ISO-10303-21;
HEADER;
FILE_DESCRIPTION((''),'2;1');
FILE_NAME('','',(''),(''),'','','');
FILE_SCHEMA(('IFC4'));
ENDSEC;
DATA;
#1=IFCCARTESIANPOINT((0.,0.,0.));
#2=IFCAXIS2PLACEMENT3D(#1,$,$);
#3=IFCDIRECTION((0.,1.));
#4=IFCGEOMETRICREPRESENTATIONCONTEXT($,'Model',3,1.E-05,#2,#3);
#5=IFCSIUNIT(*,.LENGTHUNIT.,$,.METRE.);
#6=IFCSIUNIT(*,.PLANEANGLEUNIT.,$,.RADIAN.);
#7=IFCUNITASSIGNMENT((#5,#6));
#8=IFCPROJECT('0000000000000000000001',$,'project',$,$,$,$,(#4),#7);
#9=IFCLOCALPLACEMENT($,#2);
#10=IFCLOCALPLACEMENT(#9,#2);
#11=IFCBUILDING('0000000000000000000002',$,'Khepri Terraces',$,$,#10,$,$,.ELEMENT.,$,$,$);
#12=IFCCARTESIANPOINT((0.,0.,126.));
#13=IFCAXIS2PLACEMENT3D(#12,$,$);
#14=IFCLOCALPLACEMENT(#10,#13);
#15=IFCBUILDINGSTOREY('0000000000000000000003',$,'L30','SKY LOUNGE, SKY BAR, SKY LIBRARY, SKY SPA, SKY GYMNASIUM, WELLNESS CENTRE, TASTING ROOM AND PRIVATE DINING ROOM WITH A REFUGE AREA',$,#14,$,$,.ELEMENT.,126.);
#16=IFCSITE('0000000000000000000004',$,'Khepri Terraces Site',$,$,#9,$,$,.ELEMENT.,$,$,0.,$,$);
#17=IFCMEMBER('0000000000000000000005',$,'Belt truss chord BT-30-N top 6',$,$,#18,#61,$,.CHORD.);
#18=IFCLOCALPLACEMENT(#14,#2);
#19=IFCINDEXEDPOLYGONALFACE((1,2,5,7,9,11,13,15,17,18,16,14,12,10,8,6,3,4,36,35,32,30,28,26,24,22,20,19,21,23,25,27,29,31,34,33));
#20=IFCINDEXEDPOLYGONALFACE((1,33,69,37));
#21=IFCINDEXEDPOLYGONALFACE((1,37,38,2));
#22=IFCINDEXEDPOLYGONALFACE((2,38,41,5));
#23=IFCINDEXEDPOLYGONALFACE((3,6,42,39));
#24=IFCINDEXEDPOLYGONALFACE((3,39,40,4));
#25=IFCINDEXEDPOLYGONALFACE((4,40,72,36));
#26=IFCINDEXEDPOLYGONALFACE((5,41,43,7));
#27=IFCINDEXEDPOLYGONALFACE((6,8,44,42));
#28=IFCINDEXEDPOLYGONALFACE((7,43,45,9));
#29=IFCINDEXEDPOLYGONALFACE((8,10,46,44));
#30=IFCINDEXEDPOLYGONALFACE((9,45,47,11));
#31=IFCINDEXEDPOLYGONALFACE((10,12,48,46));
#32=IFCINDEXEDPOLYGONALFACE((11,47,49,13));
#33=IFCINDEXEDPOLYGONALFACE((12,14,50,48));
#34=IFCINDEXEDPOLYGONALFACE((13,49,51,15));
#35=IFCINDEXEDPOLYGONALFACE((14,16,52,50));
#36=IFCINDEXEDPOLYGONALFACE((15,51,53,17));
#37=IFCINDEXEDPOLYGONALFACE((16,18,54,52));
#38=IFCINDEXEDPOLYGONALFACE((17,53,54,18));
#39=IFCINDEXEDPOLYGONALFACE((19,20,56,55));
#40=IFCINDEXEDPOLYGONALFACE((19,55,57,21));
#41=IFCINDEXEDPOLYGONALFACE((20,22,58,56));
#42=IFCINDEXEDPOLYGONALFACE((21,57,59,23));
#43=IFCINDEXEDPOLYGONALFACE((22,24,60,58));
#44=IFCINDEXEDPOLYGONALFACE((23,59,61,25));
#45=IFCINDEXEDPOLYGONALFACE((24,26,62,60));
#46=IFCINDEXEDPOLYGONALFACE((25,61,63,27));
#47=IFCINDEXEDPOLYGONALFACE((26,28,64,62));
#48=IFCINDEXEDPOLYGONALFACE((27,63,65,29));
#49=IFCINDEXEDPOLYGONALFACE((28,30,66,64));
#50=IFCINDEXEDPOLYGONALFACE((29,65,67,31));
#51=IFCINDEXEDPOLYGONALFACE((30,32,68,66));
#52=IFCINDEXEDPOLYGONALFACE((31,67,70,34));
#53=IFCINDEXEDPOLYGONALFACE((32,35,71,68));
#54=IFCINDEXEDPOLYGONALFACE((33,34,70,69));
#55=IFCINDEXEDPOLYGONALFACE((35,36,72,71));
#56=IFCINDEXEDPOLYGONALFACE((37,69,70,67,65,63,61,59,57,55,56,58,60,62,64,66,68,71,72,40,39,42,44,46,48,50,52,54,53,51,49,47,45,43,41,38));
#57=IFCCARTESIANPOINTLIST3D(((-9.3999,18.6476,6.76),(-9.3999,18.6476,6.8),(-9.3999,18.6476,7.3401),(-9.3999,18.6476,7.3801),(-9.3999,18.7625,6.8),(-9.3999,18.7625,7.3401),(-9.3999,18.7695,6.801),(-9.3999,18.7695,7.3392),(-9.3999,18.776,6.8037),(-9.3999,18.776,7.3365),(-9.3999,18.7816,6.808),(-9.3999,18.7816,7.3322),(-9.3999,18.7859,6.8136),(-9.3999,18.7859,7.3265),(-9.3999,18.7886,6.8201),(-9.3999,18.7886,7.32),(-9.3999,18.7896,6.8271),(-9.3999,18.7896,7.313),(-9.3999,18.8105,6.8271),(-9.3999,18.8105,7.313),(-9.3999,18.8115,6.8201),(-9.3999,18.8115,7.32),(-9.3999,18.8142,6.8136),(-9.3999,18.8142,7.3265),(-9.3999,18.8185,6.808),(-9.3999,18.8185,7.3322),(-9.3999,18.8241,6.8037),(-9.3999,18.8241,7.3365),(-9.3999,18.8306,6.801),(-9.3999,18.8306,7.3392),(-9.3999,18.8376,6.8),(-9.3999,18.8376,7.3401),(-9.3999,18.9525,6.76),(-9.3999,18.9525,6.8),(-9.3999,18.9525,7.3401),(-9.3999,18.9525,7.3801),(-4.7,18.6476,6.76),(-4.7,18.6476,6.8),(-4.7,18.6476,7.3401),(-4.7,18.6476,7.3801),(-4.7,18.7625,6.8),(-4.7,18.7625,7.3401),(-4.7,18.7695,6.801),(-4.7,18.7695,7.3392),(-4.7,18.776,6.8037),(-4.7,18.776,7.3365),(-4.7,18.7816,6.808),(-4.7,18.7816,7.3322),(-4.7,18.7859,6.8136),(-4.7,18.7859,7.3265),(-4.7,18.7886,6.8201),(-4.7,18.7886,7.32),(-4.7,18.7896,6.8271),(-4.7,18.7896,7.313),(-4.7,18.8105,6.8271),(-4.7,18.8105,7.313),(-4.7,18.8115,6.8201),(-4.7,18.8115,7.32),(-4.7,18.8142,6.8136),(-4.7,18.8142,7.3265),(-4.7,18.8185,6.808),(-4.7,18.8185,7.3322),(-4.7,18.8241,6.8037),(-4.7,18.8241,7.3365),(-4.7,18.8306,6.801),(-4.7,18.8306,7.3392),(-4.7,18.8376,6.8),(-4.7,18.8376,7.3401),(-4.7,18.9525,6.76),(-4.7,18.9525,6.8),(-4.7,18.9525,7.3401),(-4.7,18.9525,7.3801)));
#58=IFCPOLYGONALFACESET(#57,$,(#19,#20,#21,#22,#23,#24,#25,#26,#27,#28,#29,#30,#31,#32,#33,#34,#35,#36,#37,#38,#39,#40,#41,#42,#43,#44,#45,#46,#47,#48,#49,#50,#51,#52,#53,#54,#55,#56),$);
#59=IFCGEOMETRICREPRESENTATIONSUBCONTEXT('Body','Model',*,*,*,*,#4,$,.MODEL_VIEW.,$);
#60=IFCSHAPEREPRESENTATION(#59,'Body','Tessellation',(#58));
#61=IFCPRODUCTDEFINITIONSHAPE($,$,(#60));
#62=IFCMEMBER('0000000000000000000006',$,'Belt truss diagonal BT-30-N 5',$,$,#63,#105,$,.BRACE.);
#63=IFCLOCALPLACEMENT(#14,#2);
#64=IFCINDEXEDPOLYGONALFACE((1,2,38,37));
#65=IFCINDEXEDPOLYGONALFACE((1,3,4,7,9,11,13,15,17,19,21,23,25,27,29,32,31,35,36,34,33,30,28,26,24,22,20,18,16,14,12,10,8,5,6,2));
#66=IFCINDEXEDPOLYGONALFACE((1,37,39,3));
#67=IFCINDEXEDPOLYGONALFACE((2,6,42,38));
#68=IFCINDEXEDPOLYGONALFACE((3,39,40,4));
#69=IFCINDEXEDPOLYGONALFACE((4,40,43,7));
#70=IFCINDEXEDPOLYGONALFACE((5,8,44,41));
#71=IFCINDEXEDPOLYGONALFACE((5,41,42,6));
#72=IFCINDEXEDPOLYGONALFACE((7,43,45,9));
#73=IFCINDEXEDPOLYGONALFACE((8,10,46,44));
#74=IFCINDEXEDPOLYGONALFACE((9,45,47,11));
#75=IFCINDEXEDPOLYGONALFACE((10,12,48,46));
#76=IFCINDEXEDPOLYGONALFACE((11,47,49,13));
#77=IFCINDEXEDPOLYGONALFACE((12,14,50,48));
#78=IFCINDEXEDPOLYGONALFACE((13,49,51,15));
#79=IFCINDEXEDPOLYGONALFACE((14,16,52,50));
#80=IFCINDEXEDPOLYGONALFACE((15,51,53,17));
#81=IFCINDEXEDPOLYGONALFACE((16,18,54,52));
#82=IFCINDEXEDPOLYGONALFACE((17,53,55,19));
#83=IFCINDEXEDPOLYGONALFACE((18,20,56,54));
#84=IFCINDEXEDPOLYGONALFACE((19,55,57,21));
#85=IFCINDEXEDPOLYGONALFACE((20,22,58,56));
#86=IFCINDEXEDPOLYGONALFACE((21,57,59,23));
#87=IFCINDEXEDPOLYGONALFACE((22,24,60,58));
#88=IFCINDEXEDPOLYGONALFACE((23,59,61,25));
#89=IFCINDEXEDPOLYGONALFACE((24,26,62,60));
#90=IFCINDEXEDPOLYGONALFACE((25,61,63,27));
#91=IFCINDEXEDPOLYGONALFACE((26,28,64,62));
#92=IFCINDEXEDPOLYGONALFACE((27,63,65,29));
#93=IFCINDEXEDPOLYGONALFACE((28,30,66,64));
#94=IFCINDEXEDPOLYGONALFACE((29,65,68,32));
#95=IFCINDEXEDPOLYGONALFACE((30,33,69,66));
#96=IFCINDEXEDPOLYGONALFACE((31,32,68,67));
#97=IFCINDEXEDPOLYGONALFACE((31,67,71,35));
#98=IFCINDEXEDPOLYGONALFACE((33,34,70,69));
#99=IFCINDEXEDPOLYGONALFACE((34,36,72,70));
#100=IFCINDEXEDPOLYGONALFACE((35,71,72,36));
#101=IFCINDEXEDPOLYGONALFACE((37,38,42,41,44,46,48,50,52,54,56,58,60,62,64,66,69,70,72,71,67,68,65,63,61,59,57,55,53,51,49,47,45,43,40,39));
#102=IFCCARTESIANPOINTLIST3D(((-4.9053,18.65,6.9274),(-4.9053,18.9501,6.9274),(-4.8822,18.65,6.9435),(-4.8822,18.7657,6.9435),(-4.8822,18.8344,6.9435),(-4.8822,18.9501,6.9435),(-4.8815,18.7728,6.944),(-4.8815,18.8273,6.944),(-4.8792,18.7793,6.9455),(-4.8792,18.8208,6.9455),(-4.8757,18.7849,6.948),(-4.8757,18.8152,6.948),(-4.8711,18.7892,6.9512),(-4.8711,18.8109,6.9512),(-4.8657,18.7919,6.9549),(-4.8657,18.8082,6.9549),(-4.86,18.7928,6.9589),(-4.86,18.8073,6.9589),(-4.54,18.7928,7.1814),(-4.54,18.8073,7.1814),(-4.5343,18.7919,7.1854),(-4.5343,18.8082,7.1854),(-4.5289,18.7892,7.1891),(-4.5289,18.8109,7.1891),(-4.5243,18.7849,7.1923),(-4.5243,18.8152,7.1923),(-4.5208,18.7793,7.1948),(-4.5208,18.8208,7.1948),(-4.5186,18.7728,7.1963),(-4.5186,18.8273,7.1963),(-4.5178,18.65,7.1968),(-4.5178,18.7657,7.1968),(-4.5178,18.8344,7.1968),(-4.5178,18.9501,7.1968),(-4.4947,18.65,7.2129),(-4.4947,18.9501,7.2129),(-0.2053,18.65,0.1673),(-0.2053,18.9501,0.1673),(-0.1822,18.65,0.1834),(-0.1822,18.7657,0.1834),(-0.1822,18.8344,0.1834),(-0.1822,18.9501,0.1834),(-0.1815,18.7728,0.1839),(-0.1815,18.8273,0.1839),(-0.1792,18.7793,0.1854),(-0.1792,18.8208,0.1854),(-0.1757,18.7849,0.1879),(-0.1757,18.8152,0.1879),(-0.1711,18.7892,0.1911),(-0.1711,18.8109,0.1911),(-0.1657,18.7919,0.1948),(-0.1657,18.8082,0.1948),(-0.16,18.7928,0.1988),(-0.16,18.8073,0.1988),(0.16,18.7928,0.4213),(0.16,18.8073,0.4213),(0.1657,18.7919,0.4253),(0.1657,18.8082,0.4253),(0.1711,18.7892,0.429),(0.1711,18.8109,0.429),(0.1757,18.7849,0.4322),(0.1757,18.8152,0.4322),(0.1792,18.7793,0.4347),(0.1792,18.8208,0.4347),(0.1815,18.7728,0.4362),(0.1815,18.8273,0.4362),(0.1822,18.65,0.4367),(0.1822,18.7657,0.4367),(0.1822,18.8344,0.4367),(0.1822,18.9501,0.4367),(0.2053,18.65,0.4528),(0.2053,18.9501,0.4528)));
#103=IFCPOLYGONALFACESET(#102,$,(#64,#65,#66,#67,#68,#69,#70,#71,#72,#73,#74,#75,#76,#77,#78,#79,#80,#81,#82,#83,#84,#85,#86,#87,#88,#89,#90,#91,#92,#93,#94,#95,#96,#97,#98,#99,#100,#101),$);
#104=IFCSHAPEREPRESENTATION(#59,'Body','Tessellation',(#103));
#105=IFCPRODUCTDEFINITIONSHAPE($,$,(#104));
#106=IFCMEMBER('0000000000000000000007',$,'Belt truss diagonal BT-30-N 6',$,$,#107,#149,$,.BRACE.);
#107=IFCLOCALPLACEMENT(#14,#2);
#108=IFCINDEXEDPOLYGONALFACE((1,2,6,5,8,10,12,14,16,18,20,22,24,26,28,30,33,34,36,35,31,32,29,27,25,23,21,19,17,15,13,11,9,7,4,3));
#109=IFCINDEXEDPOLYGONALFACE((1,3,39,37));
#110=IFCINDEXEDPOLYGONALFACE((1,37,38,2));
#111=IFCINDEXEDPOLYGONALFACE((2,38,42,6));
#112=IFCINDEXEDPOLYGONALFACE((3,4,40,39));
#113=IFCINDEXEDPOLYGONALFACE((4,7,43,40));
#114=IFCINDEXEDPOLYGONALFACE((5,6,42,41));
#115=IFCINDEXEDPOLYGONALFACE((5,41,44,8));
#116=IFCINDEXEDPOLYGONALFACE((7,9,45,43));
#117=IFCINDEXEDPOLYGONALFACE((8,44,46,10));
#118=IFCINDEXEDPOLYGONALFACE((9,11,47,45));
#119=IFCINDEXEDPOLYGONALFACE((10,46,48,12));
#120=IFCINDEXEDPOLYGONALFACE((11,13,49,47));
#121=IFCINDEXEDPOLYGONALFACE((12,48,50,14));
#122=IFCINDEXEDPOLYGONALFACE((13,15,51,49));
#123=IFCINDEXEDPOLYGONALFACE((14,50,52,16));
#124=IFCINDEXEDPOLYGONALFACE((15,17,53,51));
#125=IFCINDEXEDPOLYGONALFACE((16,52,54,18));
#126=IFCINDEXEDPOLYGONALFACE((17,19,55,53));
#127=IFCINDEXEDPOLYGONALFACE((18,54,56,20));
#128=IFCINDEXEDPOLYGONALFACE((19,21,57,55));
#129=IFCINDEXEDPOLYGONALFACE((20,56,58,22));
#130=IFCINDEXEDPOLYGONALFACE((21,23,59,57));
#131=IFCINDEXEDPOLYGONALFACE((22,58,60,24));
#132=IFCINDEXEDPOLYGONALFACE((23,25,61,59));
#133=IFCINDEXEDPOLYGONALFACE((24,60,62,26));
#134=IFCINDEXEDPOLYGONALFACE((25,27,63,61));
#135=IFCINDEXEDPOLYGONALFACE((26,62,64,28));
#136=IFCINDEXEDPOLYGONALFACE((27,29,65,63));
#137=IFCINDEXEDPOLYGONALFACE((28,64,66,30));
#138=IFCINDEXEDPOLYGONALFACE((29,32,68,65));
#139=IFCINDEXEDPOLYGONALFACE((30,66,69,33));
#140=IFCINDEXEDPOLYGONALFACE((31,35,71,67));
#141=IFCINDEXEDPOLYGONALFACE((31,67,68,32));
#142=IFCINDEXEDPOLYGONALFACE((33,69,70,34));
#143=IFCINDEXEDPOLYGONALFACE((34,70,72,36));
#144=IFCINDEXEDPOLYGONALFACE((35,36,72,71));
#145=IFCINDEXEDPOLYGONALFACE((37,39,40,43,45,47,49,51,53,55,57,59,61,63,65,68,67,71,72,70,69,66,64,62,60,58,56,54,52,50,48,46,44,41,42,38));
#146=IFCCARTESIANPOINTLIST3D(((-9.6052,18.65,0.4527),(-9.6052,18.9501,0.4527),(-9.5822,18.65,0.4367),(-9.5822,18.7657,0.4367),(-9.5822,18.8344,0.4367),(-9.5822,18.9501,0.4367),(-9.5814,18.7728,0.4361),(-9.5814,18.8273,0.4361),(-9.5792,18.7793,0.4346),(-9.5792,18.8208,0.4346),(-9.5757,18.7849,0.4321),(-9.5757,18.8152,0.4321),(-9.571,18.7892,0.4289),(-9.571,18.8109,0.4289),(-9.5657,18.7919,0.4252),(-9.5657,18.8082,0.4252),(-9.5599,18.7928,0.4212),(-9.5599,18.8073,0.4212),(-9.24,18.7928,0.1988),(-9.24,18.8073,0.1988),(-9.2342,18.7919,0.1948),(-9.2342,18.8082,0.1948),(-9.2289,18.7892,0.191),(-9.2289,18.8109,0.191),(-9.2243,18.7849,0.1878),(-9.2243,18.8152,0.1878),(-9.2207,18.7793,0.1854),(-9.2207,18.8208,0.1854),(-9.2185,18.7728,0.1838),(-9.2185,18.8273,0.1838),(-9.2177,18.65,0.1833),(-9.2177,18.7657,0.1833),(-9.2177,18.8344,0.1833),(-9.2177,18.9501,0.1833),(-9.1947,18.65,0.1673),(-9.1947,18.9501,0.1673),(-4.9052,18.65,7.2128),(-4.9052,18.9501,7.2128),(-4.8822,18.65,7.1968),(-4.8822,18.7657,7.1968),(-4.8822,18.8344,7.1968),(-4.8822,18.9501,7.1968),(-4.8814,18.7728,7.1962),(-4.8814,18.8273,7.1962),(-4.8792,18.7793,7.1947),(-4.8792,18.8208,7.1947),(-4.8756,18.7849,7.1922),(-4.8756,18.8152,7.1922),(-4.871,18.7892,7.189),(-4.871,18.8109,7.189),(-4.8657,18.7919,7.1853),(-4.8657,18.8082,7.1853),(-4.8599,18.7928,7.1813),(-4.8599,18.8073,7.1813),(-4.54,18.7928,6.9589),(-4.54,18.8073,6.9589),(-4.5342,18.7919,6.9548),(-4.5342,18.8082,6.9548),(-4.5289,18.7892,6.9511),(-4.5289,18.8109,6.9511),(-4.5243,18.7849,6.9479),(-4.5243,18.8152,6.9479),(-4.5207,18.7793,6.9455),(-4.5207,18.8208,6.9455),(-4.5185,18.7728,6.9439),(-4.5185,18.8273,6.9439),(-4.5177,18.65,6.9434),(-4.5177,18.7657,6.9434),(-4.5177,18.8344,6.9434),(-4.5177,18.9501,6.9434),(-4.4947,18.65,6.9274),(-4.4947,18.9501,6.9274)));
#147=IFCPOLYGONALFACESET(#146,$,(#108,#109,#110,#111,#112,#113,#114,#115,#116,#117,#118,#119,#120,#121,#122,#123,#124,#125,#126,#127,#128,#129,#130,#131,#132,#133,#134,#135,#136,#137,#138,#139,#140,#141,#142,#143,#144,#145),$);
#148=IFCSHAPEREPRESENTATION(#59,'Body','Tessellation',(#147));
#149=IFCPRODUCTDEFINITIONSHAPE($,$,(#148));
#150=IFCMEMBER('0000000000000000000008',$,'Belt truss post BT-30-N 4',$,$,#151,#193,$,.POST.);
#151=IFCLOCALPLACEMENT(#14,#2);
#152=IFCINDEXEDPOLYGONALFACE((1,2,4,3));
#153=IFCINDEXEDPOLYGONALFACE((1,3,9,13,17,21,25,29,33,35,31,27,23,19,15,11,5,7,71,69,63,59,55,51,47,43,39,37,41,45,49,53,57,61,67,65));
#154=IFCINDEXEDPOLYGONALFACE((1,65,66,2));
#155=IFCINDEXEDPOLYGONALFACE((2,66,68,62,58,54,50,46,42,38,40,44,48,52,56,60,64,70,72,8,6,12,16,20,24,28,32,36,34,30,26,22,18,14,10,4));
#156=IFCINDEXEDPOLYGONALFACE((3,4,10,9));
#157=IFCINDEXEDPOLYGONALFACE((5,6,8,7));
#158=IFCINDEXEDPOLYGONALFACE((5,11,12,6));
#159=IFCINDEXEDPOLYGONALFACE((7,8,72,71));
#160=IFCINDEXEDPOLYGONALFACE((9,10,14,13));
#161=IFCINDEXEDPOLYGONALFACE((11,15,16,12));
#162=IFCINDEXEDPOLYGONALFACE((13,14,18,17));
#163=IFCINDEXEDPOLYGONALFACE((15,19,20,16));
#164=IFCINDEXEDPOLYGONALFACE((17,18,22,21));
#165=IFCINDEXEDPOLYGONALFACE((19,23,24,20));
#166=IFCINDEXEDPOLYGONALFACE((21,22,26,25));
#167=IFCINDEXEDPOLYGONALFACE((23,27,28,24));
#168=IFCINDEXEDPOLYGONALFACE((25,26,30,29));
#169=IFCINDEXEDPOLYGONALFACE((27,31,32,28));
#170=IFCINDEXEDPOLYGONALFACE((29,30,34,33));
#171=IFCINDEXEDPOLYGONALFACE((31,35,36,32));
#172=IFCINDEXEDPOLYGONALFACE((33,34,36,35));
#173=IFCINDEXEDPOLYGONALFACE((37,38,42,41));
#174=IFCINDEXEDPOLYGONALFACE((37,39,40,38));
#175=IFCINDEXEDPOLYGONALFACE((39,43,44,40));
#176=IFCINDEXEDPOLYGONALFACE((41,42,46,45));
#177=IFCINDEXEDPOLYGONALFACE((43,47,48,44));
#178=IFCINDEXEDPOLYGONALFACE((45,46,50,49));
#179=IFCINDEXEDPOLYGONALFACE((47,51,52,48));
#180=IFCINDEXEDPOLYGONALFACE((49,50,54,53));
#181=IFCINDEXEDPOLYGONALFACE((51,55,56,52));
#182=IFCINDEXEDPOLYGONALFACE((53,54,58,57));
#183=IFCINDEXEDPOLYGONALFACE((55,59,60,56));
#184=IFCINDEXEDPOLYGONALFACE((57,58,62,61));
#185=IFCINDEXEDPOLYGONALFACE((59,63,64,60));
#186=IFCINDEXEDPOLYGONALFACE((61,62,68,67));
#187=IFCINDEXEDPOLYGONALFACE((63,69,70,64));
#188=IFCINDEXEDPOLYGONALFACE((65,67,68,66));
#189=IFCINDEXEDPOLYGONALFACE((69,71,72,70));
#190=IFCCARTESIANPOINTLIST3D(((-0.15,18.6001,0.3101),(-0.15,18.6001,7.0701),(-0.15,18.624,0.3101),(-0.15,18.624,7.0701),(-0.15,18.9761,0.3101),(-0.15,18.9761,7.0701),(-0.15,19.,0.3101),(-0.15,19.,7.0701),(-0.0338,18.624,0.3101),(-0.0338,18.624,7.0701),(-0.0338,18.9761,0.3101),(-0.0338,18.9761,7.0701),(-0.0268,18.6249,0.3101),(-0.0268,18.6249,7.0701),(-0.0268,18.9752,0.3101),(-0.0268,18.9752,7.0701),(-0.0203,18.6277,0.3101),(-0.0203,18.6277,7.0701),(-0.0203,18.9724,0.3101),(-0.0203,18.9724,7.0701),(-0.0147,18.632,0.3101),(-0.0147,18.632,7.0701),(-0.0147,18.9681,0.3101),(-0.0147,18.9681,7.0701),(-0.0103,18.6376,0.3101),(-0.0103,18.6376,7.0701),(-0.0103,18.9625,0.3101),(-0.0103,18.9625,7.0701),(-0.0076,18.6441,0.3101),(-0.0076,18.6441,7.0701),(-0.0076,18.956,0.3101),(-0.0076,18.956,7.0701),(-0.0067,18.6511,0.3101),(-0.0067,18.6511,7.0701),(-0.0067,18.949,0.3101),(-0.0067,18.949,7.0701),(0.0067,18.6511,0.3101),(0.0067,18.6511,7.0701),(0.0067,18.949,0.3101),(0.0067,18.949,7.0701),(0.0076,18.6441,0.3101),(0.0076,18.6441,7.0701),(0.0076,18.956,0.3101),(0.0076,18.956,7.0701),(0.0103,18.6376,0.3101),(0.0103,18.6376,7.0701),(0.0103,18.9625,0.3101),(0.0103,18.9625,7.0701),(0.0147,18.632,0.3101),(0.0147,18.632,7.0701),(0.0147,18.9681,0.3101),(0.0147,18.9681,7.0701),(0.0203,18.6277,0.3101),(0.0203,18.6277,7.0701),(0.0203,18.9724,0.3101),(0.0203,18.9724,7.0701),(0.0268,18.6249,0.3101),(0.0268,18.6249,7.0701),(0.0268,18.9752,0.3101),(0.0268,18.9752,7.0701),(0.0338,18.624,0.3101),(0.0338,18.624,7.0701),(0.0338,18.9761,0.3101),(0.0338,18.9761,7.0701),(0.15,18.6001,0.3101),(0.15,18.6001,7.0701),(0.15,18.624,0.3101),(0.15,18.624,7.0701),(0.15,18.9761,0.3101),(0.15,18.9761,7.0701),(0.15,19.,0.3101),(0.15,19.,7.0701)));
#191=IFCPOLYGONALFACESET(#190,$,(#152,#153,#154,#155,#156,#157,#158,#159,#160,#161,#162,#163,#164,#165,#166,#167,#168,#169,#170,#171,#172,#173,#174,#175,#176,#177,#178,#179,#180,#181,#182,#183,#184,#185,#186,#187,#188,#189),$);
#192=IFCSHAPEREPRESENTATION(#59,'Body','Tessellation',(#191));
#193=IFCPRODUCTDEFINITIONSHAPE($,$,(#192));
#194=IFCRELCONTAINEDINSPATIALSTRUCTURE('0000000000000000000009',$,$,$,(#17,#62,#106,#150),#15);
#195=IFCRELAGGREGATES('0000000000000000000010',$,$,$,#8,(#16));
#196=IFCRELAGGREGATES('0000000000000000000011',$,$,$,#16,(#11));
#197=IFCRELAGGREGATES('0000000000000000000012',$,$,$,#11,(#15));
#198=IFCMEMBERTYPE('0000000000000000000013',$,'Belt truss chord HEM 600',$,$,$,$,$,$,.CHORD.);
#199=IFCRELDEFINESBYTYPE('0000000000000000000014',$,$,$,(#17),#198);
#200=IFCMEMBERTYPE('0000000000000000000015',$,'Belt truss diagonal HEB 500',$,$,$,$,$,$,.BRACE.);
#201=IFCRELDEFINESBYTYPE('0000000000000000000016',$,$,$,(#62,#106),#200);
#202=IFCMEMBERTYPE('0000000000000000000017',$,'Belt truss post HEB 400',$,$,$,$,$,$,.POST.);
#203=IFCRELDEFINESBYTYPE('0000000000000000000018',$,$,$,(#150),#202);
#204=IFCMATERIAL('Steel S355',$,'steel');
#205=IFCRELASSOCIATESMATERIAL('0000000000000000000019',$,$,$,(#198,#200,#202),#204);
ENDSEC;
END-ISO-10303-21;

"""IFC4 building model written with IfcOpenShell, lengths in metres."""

from ifc_helpers import new_model, si_unit, direction, frame, origin, origin_2d, place, context, subcontext, project, spatial, i_section, extrude, material, material_profile, profile_set, type_object, element, save


model = new_model("IFC4")

# Units and contexts
model_context = context("Model", 3, precision=1e-05, world=origin(), true_north=direction((0.0, 1.0)))
body_context = subcontext(model_context, "Body", "Model", "MODEL_VIEW")
ifc_project = project(units=[si_unit("LENGTHUNIT", "METRE"), si_unit("PLANEANGLEUNIT", "RADIAN")], contexts=[model_context])

# Site, building, storey
site_placement = place(None, origin())
site = spatial("IfcSite", under=ifc_project, at=site_placement, Name="Khepri Terraces Site", CompositionType="ELEMENT", RefElevation=0.0)
building_placement = place(site_placement, origin())
building = spatial("IfcBuilding", under=site, at=building_placement, Name="Khepri Terraces", CompositionType="ELEMENT")
storey_placement = place(building_placement, frame((0.0, 0.0, 126.0)))
storey = spatial("IfcBuildingStorey", under=building, at=storey_placement, Name="L30", Description="SKY LOUNGE, SKY BAR, SKY LIBRARY, SKY SPA, SKY GYMNASIUM, WELLNESS CENTRE, TASTING ROOM AND PRIVATE DINING ROOM WITH A REFUGE AREA", CompositionType="ELEMENT", Elevation=126.0)

# Members
ifc_material_1 = material(Name="Steel S355", Category="steel")
ifc_material_profile_1 = material_profile(ifc_material_1, i_section(OverallWidth=0.3049, OverallDepth=0.6201, WebThickness=0.021, FlangeThickness=0.04, FilletRadius=0.0271, at=origin_2d()), Name="Steel S355", Category="steel")
ifc_profile_set_1 = profile_set([ifc_material_profile_1], Name="Steel S355")
member_type_1 = type_object("IfcMemberType", Name="Belt truss chord HEM 600", PredefinedType="CHORD", material=ifc_profile_set_1)
for number, where, z_axis, x_axis, name in (
    (1, (-4.7, 18.8, 7.0701), (-1.0, 0.0, 0.0), (0.0, -1.0, 0.0), "Belt truss chord BT-30-N top 6"),
):
    element("IfcMember", number, at=place(storey_placement, frame(where, z_axis=z_axis, x_axis=x_axis)), inside=storey, type_object=member_type_1, Name=name, PredefinedType="CHORD", context=body_context, shape_type="SweptSolid", body=[
        extrude(i_section(OverallWidth=0.3049, OverallDepth=0.6201, WebThickness=0.021, FlangeThickness=0.04, FilletRadius=0.0271, at=origin_2d()), origin(), (0.0, 0.0, 1.0), 4.7),
    ])
ifc_material_profile_2 = material_profile(ifc_material_1, i_section(OverallWidth=0.3, OverallDepth=0.5, WebThickness=0.0144, FlangeThickness=0.0281, FilletRadius=0.0271, at=origin_2d()), Name="Steel S355", Category="steel")
ifc_profile_set_2 = profile_set([ifc_material_profile_2], Name="Steel S355")
member_type_2 = type_object("IfcMemberType", Name="Belt truss diagonal HEB 500", PredefinedType="BRACE", material=ifc_profile_set_2)
for number, where, z_axis, x_axis, name in (
    (2, (0.0, 18.8, 0.3101), (-0.570846, 0.0, 0.821057), (0.0, -1.0, 0.0), "Belt truss diagonal BT-30-N 5"),
    (3, (-4.7, 18.8, 7.0701), (-0.570846, 0.0, -0.821057), (0.0, -1.0, 0.0), "Belt truss diagonal BT-30-N 6"),
):
    element("IfcMember", number, at=place(storey_placement, frame(where, z_axis=z_axis, x_axis=x_axis)), inside=storey, type_object=member_type_2, Name=name, PredefinedType="BRACE", context=body_context, shape_type="SweptSolid", body=[
        extrude(i_section(OverallWidth=0.3, OverallDepth=0.5, WebThickness=0.0144, FlangeThickness=0.0281, FilletRadius=0.0271, at=origin_2d()), origin(), (0.0, 0.0, 1.0), 8.2334),
    ])
ifc_material_profile_3 = material_profile(ifc_material_1, i_section(OverallWidth=0.3, OverallDepth=0.3999, WebThickness=0.0134, FlangeThickness=0.0239, FilletRadius=0.0271, at=origin_2d()), Name="Steel S355", Category="steel")
ifc_profile_set_3 = profile_set([ifc_material_profile_3], Name="Steel S355")
member_type_3 = type_object("IfcMemberType", Name="Belt truss post HEB 400", PredefinedType="POST", material=ifc_profile_set_3)
for number, where, z_axis, x_axis, name in (
    (4, (0.0, 18.8, 0.3101), (0.0, 0.0, 1.0), (1.0, 0.0, 0.0), "Belt truss post BT-30-N 4"),
):
    element("IfcMember", number, at=place(storey_placement, frame(where, z_axis=z_axis, x_axis=x_axis)), inside=storey, type_object=member_type_3, Name=name, PredefinedType="POST", context=body_context, shape_type="SweptSolid", body=[
        extrude(i_section(OverallWidth=0.3, OverallDepth=0.3999, WebThickness=0.0134, FlangeThickness=0.0239, FilletRadius=0.0271, at=origin_2d()), origin(), (0.0, 0.0, 1.0), 6.76),
    ])

save(model, "model.ifc")
